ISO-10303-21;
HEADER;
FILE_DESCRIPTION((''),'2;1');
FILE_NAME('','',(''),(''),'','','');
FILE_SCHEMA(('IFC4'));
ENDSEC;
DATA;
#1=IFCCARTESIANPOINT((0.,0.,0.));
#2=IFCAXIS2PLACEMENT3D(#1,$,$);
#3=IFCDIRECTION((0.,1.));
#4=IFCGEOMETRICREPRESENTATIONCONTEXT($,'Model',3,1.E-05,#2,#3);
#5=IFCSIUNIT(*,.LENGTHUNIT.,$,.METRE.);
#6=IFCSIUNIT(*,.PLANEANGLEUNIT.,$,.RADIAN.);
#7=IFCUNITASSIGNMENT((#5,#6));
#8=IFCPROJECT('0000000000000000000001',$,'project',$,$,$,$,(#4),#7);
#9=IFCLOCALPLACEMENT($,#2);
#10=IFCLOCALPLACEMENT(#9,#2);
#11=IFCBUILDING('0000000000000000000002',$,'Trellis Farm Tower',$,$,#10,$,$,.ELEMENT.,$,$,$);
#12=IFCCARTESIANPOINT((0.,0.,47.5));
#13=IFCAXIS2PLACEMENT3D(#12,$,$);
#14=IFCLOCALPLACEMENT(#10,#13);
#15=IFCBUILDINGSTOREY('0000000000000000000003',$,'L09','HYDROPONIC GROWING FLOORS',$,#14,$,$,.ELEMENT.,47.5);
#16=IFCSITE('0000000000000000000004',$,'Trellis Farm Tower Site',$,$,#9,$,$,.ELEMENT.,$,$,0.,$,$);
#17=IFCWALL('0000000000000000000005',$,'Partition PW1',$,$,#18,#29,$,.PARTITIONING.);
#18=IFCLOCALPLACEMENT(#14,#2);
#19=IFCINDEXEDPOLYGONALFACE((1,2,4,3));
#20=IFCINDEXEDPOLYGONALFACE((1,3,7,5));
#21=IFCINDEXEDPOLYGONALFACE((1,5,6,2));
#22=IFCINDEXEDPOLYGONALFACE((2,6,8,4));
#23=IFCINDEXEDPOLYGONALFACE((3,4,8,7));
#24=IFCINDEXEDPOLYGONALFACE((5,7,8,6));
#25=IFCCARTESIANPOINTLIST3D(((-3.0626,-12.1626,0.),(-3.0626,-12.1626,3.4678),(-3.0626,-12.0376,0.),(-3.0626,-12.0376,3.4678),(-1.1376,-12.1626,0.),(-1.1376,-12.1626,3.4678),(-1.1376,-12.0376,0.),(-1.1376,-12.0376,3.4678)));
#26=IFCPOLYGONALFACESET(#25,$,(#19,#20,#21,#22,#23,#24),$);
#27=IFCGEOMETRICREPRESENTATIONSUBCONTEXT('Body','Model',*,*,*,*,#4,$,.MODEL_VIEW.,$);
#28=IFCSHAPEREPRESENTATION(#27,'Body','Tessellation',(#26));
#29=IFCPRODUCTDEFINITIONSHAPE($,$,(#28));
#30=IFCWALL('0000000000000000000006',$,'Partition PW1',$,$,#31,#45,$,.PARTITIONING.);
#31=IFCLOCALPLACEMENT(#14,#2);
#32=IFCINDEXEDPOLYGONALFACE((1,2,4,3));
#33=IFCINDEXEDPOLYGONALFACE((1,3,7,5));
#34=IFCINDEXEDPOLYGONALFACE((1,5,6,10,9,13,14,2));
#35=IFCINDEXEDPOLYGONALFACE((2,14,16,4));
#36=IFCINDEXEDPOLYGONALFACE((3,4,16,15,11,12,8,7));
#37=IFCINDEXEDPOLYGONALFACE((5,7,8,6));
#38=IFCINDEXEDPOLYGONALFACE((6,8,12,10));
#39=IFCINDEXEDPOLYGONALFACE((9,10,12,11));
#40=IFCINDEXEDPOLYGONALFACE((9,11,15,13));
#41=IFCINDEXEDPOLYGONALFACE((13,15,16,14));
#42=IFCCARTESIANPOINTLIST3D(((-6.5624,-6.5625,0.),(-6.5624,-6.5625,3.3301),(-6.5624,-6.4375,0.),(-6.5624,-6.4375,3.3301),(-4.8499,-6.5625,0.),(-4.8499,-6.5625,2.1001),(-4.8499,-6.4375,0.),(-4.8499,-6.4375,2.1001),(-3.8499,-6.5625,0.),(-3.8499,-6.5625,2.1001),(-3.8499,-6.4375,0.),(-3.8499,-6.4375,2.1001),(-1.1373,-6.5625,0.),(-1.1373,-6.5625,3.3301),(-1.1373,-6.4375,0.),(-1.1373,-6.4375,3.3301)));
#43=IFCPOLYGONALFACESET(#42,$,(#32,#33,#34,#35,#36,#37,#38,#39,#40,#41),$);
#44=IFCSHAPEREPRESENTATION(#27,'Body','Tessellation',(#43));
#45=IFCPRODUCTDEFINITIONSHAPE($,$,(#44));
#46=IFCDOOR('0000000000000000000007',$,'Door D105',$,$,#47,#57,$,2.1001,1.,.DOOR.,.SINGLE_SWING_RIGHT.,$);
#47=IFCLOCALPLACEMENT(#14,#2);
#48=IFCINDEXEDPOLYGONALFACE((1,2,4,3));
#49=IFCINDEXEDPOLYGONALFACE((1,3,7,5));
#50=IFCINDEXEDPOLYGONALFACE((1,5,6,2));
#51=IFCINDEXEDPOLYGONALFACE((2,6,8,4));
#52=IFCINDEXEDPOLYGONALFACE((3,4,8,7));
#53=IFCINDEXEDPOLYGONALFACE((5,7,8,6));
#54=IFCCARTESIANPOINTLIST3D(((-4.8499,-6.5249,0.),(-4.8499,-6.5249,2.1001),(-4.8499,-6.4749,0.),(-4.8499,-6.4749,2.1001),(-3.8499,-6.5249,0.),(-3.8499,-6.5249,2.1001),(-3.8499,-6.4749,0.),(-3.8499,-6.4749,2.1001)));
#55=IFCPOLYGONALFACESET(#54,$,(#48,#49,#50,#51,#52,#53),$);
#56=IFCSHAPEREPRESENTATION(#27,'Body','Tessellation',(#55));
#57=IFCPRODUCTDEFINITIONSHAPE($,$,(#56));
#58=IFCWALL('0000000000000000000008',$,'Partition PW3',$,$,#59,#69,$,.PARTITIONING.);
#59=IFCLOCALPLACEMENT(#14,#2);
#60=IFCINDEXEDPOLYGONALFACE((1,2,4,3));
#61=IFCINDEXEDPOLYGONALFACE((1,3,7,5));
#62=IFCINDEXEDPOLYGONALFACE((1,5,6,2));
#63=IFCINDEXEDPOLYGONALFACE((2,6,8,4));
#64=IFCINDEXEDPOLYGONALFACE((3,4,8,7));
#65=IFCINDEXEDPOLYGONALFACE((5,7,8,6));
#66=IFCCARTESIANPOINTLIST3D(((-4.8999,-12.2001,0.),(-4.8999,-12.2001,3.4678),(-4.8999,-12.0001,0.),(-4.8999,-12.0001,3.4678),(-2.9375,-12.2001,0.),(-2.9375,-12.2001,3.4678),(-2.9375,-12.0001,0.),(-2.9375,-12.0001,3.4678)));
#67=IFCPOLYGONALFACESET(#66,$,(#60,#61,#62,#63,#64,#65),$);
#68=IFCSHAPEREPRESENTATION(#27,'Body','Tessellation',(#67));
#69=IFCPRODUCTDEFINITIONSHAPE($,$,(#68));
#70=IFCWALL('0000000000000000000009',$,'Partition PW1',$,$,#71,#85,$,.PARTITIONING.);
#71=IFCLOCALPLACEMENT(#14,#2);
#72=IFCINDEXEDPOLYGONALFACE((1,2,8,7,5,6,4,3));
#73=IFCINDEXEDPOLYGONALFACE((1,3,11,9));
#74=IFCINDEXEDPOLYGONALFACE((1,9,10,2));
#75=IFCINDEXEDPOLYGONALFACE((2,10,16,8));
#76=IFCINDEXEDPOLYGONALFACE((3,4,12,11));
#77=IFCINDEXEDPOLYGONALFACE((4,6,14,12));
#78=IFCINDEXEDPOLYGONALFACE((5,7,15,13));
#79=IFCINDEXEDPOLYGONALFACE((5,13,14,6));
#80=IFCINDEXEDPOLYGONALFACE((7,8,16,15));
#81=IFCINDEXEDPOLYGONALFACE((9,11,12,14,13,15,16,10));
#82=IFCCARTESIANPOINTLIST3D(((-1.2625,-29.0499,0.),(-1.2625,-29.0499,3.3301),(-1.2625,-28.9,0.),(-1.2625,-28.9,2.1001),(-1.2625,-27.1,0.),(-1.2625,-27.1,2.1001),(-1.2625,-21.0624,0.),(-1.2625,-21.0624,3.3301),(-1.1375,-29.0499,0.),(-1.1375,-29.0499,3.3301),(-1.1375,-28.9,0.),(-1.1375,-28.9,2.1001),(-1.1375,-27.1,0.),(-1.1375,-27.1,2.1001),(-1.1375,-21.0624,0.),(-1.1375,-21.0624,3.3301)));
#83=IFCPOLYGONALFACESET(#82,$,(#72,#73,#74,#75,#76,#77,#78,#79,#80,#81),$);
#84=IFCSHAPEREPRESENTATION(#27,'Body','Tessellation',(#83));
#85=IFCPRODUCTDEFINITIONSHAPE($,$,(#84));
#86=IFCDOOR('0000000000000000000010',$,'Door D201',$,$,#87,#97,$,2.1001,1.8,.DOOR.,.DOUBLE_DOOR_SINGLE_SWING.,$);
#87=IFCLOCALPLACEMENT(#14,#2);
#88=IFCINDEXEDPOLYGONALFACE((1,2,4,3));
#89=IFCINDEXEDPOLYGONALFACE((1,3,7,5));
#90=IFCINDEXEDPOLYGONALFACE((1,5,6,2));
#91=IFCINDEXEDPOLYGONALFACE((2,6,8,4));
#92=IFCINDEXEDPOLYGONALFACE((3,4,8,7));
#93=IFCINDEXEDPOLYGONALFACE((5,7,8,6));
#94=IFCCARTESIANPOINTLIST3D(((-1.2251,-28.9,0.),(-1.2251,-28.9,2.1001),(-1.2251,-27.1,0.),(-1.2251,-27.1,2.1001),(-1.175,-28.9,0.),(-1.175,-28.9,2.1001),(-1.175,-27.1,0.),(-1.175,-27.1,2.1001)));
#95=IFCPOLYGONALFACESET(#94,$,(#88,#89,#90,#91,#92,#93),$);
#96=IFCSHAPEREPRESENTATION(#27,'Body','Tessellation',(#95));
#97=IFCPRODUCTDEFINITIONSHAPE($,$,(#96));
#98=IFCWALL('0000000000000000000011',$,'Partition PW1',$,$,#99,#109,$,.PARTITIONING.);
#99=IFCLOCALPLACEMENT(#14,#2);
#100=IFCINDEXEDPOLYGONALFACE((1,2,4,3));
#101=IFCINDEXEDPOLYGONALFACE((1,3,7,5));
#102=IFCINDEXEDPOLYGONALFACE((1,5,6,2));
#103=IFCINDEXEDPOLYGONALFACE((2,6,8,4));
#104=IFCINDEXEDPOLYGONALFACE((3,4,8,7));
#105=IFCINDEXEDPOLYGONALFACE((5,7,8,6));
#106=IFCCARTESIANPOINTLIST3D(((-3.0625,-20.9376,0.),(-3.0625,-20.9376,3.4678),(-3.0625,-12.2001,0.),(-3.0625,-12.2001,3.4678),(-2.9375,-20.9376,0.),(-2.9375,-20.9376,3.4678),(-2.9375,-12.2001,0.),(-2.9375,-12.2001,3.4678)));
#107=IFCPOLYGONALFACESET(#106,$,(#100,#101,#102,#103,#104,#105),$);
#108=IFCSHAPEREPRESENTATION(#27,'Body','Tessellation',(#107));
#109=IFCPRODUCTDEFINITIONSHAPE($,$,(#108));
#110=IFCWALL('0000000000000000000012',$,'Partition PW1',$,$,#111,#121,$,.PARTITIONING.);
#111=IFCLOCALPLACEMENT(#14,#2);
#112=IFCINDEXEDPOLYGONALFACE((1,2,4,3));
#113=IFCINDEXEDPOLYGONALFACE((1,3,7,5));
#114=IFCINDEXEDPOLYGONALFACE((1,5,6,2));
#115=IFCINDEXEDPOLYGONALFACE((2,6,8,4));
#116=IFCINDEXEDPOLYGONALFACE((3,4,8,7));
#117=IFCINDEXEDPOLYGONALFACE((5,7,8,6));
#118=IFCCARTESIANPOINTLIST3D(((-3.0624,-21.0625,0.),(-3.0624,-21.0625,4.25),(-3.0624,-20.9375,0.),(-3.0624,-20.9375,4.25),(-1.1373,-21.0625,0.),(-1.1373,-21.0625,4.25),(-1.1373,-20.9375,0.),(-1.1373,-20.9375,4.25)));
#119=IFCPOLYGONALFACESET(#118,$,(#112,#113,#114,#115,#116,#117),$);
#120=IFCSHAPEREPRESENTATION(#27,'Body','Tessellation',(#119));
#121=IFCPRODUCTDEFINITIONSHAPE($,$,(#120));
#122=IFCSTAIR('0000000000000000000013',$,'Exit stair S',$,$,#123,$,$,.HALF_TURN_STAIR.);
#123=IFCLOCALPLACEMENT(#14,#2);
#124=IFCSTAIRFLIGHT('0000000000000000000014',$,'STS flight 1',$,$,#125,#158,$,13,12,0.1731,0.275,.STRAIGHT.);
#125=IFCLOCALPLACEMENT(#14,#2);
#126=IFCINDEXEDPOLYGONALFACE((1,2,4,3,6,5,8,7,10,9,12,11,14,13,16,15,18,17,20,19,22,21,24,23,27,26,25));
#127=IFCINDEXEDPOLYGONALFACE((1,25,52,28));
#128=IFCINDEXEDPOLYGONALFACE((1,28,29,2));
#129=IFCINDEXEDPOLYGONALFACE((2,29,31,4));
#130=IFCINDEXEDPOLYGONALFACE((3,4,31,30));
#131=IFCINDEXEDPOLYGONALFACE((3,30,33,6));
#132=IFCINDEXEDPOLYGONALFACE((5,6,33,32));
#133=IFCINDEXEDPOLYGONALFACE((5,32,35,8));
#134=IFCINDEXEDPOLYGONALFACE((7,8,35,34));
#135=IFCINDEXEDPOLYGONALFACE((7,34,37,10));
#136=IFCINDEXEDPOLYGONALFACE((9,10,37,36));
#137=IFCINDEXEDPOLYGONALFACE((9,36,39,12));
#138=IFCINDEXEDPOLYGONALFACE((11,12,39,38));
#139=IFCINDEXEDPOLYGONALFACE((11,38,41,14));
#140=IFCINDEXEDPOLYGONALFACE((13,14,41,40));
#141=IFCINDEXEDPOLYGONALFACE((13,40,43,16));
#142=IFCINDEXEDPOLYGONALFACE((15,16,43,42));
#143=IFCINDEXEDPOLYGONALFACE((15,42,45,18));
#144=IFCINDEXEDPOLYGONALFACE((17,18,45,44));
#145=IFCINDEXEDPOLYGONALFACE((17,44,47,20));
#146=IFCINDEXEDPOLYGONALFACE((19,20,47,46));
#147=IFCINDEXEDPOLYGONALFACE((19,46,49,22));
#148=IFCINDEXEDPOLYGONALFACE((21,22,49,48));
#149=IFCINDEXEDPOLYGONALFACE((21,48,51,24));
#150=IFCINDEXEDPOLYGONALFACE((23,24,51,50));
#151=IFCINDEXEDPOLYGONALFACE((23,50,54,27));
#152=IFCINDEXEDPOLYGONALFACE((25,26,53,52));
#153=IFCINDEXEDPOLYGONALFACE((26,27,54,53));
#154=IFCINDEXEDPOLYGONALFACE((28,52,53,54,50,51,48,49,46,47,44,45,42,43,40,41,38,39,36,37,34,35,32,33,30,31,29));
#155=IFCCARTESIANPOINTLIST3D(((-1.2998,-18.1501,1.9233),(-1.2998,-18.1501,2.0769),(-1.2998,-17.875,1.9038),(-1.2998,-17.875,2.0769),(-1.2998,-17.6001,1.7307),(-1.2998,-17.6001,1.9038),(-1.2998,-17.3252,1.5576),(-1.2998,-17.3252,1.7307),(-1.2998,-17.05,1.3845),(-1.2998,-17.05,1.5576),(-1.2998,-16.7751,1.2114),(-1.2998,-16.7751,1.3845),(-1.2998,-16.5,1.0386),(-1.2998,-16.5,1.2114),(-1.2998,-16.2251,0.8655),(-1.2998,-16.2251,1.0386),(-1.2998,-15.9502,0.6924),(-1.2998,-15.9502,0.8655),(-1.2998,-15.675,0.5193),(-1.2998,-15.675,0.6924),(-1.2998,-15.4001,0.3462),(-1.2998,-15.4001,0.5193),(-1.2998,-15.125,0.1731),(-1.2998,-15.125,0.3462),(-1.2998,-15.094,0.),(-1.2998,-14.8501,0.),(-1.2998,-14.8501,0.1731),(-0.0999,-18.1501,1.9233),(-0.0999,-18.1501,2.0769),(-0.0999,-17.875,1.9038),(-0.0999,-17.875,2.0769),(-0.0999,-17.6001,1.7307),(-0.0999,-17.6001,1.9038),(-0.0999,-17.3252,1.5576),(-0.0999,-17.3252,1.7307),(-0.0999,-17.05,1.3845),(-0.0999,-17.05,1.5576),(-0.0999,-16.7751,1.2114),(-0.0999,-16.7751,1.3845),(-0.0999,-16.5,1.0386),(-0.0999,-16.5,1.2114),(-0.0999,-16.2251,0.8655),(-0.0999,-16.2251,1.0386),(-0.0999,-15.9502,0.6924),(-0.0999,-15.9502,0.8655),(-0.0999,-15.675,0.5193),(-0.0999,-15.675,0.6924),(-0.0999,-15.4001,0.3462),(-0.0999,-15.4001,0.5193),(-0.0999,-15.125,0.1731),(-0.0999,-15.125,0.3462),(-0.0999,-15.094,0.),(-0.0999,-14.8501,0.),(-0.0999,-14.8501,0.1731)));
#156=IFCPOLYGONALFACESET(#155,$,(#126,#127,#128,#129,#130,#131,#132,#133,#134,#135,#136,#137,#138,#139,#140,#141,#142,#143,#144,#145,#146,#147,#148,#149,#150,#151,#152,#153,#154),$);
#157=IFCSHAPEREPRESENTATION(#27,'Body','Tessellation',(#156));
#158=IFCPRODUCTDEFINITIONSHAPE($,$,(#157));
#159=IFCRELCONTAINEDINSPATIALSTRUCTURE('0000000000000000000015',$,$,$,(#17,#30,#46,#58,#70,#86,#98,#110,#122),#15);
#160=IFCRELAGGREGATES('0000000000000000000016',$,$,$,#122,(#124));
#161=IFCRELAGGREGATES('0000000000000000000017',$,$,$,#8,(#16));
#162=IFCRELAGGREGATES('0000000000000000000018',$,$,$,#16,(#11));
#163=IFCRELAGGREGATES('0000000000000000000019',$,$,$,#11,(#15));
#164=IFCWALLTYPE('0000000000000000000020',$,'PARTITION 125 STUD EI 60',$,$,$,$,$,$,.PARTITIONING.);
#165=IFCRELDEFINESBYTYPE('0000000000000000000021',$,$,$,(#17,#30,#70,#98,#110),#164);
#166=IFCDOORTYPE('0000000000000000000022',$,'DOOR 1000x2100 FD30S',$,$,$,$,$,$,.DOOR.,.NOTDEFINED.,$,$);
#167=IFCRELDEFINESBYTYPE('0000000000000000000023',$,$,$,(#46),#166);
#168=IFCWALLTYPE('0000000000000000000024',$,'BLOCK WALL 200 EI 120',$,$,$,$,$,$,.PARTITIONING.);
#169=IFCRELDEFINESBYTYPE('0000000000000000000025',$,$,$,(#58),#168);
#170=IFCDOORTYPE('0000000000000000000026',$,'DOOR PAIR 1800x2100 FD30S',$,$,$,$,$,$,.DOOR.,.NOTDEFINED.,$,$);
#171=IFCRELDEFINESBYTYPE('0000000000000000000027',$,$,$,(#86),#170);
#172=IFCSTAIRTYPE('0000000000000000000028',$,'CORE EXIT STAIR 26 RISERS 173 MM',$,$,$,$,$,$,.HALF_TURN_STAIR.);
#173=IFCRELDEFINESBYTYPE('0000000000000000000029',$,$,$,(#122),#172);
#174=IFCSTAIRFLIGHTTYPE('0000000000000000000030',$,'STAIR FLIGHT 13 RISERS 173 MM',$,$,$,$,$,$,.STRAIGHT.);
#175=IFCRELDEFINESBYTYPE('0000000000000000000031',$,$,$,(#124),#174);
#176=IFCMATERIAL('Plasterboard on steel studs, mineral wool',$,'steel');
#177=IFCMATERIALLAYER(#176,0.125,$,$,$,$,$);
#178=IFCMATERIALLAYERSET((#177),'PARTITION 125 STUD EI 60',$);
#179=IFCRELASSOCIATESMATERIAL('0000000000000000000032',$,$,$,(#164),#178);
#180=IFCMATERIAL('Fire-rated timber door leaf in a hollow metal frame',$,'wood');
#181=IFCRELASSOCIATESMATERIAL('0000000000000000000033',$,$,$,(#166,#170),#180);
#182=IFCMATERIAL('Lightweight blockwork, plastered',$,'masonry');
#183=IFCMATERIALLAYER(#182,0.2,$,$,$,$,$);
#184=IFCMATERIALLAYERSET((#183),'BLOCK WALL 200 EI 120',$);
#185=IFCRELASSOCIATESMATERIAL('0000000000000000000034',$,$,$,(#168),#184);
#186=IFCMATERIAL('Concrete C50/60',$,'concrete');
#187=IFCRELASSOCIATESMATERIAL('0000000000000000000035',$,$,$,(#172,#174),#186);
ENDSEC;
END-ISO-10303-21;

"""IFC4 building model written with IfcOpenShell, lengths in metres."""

from ifc_helpers import new_model, si_unit, direction, frame, frame_2d, origin, place, context, subcontext, project, spatial, polyline, rectangle, outline, extrude, source, transform, mapped, material, layer, layer_set, type_object, element, fill, aggregate, save


model = new_model("IFC4")

# Units and contexts
model_context = context("Model", 3, precision=1e-05, world=origin(), true_north=direction((0.0, 1.0)))
body_context = subcontext(model_context, "Body", "Model", "MODEL_VIEW")
ifc_project = project(units=[si_unit("LENGTHUNIT", "METRE"), si_unit("PLANEANGLEUNIT", "RADIAN")], contexts=[model_context])

# Site, building, storey
site_placement = place(None, origin())
site = spatial("IfcSite", under=ifc_project, at=site_placement, Name="Trellis Farm Tower Site", CompositionType="ELEMENT", RefElevation=0.0)
building_placement = place(site_placement, origin())
building = spatial("IfcBuilding", under=site, at=building_placement, Name="Trellis Farm Tower", CompositionType="ELEMENT")
storey_placement = place(building_placement, frame((0.0, 0.0, 47.5)))
storey = spatial("IfcBuildingStorey", under=building, at=storey_placement, Name="L09", Description="HYDROPONIC GROWING FLOORS", CompositionType="ELEMENT", Elevation=47.5)

# Shared definitions
placement = place(storey_placement, origin())

# Shared definitions
ifc_material_1 = material(Name="Plasterboard on steel studs, mineral wool", Category="steel")
ifc_layer_1 = layer(ifc_material_1, 0.125)
ifc_layer_set_1 = layer_set([ifc_layer_1], Name="PARTITION 125 STUD EI 60")
wall_type_1 = type_object("IfcWallType", Name="PARTITION 125 STUD EI 60", PredefinedType="PARTITIONING", material=ifc_layer_set_1)
shared_shape_1 = source(origin(), body_context, "Body", "SweptSolid", [
    extrude(rectangle(XDim=1.0, YDim=2.1001, at=frame_2d((0.5, 1.05))), frame((0.0, 0.0725, 0.0), z_axis=(0.0, -1.0, 0.0), x_axis=(1.0, 0.0, 0.0)), (0.0, 0.0, 1.0), 0.145),
])
ifc_material_2 = material(Name="Fire-rated timber door leaf in a hollow metal frame", Category="wood")
shared_shape_2 = source(origin(), body_context, "Body", "SweptSolid", [
    extrude(rectangle(XDim=1.0, YDim=2.1001, at=frame_2d((0.5, 1.05))), frame((0.0, 0.0249, 0.0), z_axis=(0.0, -1.0, 0.0), x_axis=(1.0, 0.0, 0.0)), (0.0, 0.0, 1.0), 0.05),
])

# Wall
shared_shape_3 = source(origin(), body_context, "Body", "SweptSolid", [
    extrude(rectangle(XDim=1.925, YDim=0.125, at=frame_2d((0.9624, 0.0))), origin(), (0.0, 0.0, 1.0), 3.4678),
])
wall_1_placement = place(storey_placement, frame((-3.0625, -12.1001, 0.0), z_axis=(0.0, 0.0, 1.0), x_axis=(1.0, 0.0, 0.0)))
element("IfcWall", 1, at=wall_1_placement, inside=storey, type_object=wall_type_1, Name="Partition PW1", PredefinedType="PARTITIONING", context=body_context, shape_type="MappedRepresentation", body=[
    mapped(shared_shape_3, transform((0.0, 0.0, 0.0))),
])

# Wall, opening, door
shared_shape_4 = source(origin(), body_context, "Body", "SweptSolid", [
    extrude(rectangle(XDim=5.425, YDim=0.125, at=frame_2d((2.7124, 0.0))), origin(), (0.0, 0.0, 1.0), 3.3301),
])
wall_2_placement = place(storey_placement, frame((-1.1375, -6.5, 0.0), z_axis=(0.0, 0.0, 1.0), x_axis=(-1.0, 0.0, 0.0)))
wall_2 = element("IfcWall", 2, at=wall_2_placement, inside=storey, type_object=wall_type_1, Name="Partition PW1", PredefinedType="PARTITIONING", context=body_context, shape_type="MappedRepresentation", body=[
    mapped(shared_shape_4, transform((0.0, 0.0, 0.0))),
])
opening_1_placement = place(wall_2_placement, frame((2.7124, 0.0, 0.0)))
opening_1 = element("IfcOpeningElement", 3, at=opening_1_placement, cuts=wall_2, PredefinedType="OPENING", context=body_context, shape_type="MappedRepresentation", body=[
    mapped(shared_shape_1, transform((0.0, 0.0, 0.0))),
])
door_type_1 = type_object("IfcDoorType", Name="DOOR 1000x2100 FD30S", OperationType="NOTDEFINED", PredefinedType="DOOR", material=ifc_material_2)
door_1_placement = place(opening_1_placement, origin())
door_1 = element("IfcDoor", 4, at=door_1_placement, inside=storey, type_object=door_type_1, Name="Door D105", OperationType="SINGLE_SWING_RIGHT", OverallHeight=2.1001, OverallWidth=1.0, PredefinedType="DOOR", context=body_context, shape_type="MappedRepresentation", body=[
    mapped(shared_shape_2, transform((0.0, 0.0, 0.0))),
])
fill(opening_1, door_1)

# Wall
ifc_material_3 = material(Name="Lightweight blockwork, plastered", Category="masonry")
ifc_layer_2 = layer(ifc_material_3, 0.2)
ifc_layer_set_2 = layer_set([ifc_layer_2], Name="BLOCK WALL 200 EI 120")
wall_type_2 = type_object("IfcWallType", Name="BLOCK WALL 200 EI 120", PredefinedType="PARTITIONING", material=ifc_layer_set_2)
shared_shape_5 = source(origin(), body_context, "Body", "SweptSolid", [
    extrude(rectangle(XDim=1.9624, YDim=0.2, at=frame_2d((0.9812, 0.0))), origin(), (0.0, 0.0, 1.0), 3.4678),
])
wall_3_placement = place(storey_placement, frame((-4.8999, -12.1001, 0.0), z_axis=(0.0, 0.0, 1.0), x_axis=(1.0, 0.0, 0.0)))
element("IfcWall", 5, at=wall_3_placement, inside=storey, type_object=wall_type_2, Name="Partition PW3", PredefinedType="PARTITIONING", context=body_context, shape_type="MappedRepresentation", body=[
    mapped(shared_shape_5, transform((0.0, 0.0, 0.0))),
])

# Wall, opening, door
shared_shape_6 = source(origin(), body_context, "Body", "SweptSolid", [
    extrude(rectangle(XDim=7.9875, YDim=0.125, at=frame_2d((3.9937, 0.0))), origin(), (0.0, 0.0, 1.0), 3.3301),
])
wall_4_placement = place(storey_placement, frame((-1.2, -21.0625, 0.0), z_axis=(0.0, 0.0, 1.0), x_axis=(0.0, -1.0, 0.0)))
wall_4 = element("IfcWall", 6, at=wall_4_placement, inside=storey, type_object=wall_type_1, Name="Partition PW1", PredefinedType="PARTITIONING", context=body_context, shape_type="MappedRepresentation", body=[
    mapped(shared_shape_6, transform((0.0, 0.0, 0.0))),
])
shared_shape_7 = source(origin(), body_context, "Body", "SweptSolid", [
    extrude(rectangle(XDim=1.8, YDim=2.1001, at=frame_2d((0.8999, 1.05))), frame((0.0, 0.0725, 0.0), z_axis=(0.0, -1.0, 0.0), x_axis=(1.0, 0.0, 0.0)), (0.0, 0.0, 1.0), 0.145),
])
opening_2_placement = place(wall_4_placement, frame((6.0376, 0.0, 0.0)))
opening_2 = element("IfcOpeningElement", 7, at=opening_2_placement, cuts=wall_4, PredefinedType="OPENING", context=body_context, shape_type="MappedRepresentation", body=[
    mapped(shared_shape_7, transform((0.0, 0.0, 0.0))),
])
door_type_2 = type_object("IfcDoorType", Name="DOOR PAIR 1800x2100 FD30S", OperationType="NOTDEFINED", PredefinedType="DOOR", material=ifc_material_2)
shared_shape_8 = source(origin(), body_context, "Body", "SweptSolid", [
    extrude(rectangle(XDim=1.8, YDim=2.1001, at=frame_2d((0.8999, 1.05))), frame((0.0, 0.0249, 0.0), z_axis=(0.0, -1.0, 0.0), x_axis=(1.0, 0.0, 0.0)), (0.0, 0.0, 1.0), 0.05),
])
door_2_placement = place(opening_2_placement, origin())
door_2 = element("IfcDoor", 8, at=door_2_placement, inside=storey, type_object=door_type_2, Name="Door D201", OperationType="DOUBLE_DOOR_SINGLE_SWING", OverallHeight=2.1001, OverallWidth=1.8, PredefinedType="DOOR", context=body_context, shape_type="MappedRepresentation", body=[
    mapped(shared_shape_8, transform((0.0, 0.0, 0.0))),
])
fill(opening_2, door_2)

# Walls
shared_shape_9 = source(origin(), body_context, "Body", "SweptSolid", [
    extrude(rectangle(XDim=8.7375, YDim=0.125, at=frame_2d((4.3687, 0.0))), origin(), (0.0, 0.0, 1.0), 3.4678),
])
wall_5_placement = place(storey_placement, frame((-3.0, -20.9375, 0.0), z_axis=(0.0, 0.0, 1.0), x_axis=(0.0, 1.0, 0.0)))
element("IfcWall", 9, at=wall_5_placement, inside=storey, type_object=wall_type_1, Name="Partition PW1", PredefinedType="PARTITIONING", context=body_context, shape_type="MappedRepresentation", body=[
    mapped(shared_shape_9, transform((0.0, 0.0, 0.0))),
])
shared_shape_10 = source(origin(), body_context, "Body", "SweptSolid", [
    extrude(rectangle(XDim=1.925, YDim=0.125, at=frame_2d((0.9624, 0.0))), origin(), (0.0, 0.0, 1.0), 4.25),
])
wall_6_placement = place(storey_placement, frame((-1.1375, -21.0, 0.0), z_axis=(0.0, 0.0, 1.0), x_axis=(-1.0, 0.0, 0.0)))
element("IfcWall", 10, at=wall_6_placement, inside=storey, type_object=wall_type_1, Name="Partition PW1", PredefinedType="PARTITIONING", context=body_context, shape_type="MappedRepresentation", body=[
    mapped(shared_shape_10, transform((0.0, 0.0, 0.0))),
])

# Stair, stair flight
ifc_material_4 = material(Name="Concrete C50/60", Category="concrete")
stair_type = type_object("IfcStairType", Name="CORE EXIT STAIR 26 RISERS 173 MM", PredefinedType="HALF_TURN_STAIR", material=ifc_material_4)
stair = element("IfcStair", 11, at=placement, inside=storey, type_object=stair_type, Name="Exit stair S", PredefinedType="HALF_TURN_STAIR")
stair_flight_type = type_object("IfcStairFlightType", Name="STAIR FLIGHT 13 RISERS 173 MM", PredefinedType="STRAIGHT", material=ifc_material_4)
shared_shape_11 = source(origin(), body_context, "Body", "SweptSolid", [
    extrude(outline(polyline([(0.0, 0.0), (0.0, 0.1731), (0.2749, 0.1731), (0.2749, 0.3462), (0.55, 0.3462), (0.55, 0.5193), (0.825, 0.5193), (0.825, 0.6924), (1.1001, 0.6924), (1.1001, 0.8655), (1.375, 0.8655), (1.375, 1.0386), (1.6499, 1.0386), (1.6499, 1.2114), (1.925, 1.2114), (1.925, 1.3845), (2.2, 1.3845), (2.2, 1.5576), (2.4751, 1.5576), (2.4751, 1.7307), (2.75, 1.7307), (2.75, 1.9038), (3.0249, 1.9038), (3.0249, 2.0769), (3.3, 2.0769), (3.3, 2.25), (3.3, 1.9233), (0.2439, 0.0), (0.0, 0.0)])), frame((0.0, 0.6001, 0.0), z_axis=(0.0, -1.0, 0.0), x_axis=(1.0, 0.0, 0.0)), (0.0, 0.0, 1.0), 1.2),
])
stair_flight_placement = place(storey_placement, frame((-0.7, -14.8501, 0.0), z_axis=(0.0, 0.0, 1.0), x_axis=(0.0, -1.0, 0.0)))
stair_flight = element("IfcStairFlight", 12, at=stair_flight_placement, type_object=stair_flight_type, Name="STS flight 1", NumberOfRisers=13, NumberOfTreads=12, PredefinedType="STRAIGHT", RiserHeight=0.1731, TreadLength=0.275, context=body_context, shape_type="MappedRepresentation", body=[
    mapped(shared_shape_11, transform((0.0, 0.0, 0.0))),
])
aggregate(stair, [stair_flight])

save(model, "model.ifc")
